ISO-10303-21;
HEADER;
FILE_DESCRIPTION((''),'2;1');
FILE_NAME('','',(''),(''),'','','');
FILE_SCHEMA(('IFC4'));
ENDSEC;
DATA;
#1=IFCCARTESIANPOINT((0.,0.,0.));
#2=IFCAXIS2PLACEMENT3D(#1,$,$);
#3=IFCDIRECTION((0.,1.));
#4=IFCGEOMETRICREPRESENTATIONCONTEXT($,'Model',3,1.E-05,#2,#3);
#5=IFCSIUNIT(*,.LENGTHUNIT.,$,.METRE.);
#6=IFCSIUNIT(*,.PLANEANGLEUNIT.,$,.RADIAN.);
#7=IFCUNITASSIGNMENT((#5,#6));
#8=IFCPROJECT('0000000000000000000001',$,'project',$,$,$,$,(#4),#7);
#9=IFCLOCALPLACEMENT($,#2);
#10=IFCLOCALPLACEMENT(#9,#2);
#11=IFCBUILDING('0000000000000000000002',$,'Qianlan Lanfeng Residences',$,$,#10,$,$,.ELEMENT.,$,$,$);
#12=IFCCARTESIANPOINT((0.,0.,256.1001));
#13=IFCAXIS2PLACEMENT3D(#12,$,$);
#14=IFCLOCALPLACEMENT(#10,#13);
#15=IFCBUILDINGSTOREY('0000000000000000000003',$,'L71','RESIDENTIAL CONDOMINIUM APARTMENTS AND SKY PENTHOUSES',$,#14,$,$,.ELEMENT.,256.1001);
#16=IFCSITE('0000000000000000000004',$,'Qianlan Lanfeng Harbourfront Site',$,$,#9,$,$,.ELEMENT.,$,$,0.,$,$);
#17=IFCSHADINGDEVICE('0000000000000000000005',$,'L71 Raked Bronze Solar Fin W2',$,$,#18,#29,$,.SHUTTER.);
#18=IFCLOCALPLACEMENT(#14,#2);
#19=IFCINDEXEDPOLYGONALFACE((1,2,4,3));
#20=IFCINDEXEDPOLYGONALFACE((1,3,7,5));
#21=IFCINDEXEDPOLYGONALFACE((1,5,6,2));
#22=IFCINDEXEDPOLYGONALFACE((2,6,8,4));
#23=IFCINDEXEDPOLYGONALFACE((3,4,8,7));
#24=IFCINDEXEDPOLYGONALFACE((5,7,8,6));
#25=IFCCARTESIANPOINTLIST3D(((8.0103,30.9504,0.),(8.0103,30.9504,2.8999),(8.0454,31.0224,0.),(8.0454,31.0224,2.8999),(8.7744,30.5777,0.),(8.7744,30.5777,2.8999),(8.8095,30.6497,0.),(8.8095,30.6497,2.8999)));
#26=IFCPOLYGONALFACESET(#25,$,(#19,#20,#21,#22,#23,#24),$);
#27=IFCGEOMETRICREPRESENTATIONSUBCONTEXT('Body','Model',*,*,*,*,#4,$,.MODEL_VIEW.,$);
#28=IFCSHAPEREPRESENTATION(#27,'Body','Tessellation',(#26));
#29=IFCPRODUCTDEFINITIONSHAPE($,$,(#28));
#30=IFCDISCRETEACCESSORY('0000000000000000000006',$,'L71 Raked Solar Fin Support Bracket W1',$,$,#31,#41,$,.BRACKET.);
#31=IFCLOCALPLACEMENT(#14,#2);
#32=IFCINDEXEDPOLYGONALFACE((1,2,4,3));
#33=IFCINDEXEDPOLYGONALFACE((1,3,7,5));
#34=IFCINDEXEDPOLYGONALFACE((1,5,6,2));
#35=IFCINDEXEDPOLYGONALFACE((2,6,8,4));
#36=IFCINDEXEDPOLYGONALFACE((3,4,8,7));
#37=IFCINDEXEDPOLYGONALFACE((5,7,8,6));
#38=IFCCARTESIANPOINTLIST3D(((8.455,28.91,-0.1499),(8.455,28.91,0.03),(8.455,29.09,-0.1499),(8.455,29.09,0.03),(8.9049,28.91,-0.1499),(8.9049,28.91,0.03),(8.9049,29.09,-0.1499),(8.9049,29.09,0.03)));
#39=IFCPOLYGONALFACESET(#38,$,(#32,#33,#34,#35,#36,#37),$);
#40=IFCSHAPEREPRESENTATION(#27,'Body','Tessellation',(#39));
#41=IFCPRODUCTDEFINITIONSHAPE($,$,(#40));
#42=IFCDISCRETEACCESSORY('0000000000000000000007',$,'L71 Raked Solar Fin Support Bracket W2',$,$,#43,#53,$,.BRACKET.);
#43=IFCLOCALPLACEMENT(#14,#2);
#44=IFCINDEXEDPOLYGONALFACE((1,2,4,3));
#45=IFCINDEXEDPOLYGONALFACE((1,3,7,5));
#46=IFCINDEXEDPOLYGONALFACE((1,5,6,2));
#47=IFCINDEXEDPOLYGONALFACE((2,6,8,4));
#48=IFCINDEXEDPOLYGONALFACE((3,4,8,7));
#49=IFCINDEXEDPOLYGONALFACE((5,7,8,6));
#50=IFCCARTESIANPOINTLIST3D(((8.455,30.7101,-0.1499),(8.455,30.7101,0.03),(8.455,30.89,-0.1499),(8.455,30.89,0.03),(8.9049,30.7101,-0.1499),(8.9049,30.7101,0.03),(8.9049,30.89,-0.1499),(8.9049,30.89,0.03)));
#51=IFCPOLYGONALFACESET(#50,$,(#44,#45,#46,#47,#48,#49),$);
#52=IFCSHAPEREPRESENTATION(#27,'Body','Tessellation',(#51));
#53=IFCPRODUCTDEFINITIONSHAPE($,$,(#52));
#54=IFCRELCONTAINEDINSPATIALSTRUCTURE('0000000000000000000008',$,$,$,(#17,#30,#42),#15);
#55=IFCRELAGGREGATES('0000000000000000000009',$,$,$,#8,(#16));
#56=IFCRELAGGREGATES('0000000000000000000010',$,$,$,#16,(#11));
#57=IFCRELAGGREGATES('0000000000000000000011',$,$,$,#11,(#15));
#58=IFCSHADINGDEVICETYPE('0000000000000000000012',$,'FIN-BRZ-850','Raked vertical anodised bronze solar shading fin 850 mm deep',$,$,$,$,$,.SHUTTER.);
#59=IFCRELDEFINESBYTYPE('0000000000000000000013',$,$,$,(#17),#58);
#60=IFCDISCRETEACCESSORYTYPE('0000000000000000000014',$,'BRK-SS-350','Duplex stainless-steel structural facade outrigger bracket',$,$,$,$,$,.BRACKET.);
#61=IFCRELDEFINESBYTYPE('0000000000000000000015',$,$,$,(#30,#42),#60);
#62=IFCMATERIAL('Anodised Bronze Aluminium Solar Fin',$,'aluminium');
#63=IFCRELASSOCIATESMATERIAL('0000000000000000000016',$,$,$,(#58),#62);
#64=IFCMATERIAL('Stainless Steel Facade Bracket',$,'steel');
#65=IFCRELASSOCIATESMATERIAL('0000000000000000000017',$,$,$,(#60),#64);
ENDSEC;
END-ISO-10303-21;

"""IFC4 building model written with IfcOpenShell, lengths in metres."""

from ifc_helpers import new_model, si_unit, direction, frame, origin, origin_2d, place, context, subcontext, project, spatial, rectangle, extrude, source, transform, mapped, material, type_object, element, save


model = new_model("IFC4")

# Units and contexts
model_context = context("Model", 3, precision=1e-05, world=origin(), true_north=direction((0.0, 1.0)))
body_context = subcontext(model_context, "Body", "Model", "MODEL_VIEW")
ifc_project = project(units=[si_unit("LENGTHUNIT", "METRE"), si_unit("PLANEANGLEUNIT", "RADIAN")], contexts=[model_context])

# Site, building, storey
site_placement = place(None, origin())
site = spatial("IfcSite", under=ifc_project, at=site_placement, Name="Qianlan Lanfeng Harbourfront Site", CompositionType="ELEMENT", RefElevation=0.0)
building_placement = place(site_placement, origin())
building = spatial("IfcBuilding", under=site, at=building_placement, Name="Qianlan Lanfeng Residences", CompositionType="ELEMENT")
storey_placement = place(building_placement, frame((0.0, 0.0, 256.1001)))
storey = spatial("IfcBuildingStorey", under=building, at=storey_placement, Name="L71", Description="RESIDENTIAL CONDOMINIUM APARTMENTS AND SKY PENTHOUSES", CompositionType="ELEMENT", Elevation=256.1001)

# Shading device
ifc_material_1 = material(Name="Anodised Bronze Aluminium Solar Fin", Category="aluminium")
shading_device_type = type_object("IfcShadingDeviceType", Name="FIN-BRZ-850", Description="Raked vertical anodised bronze solar shading fin 850 mm deep", PredefinedType="SHUTTER", material=ifc_material_1)
shared_shape_1 = source(origin(), body_context, "Body", "SweptSolid", [
    extrude(rectangle(XDim=0.8501, YDim=0.0801, at=origin_2d()), origin(), (0.0, 0.0, 1.0), 2.8999),
])
for number, where, z_axis, x_axis, name in (
    (1, (8.4099, 30.8, 0.0), (0.0, 0.0, 1.0), (0.898794, -0.438371, 0.0), "L71 Raked Bronze Solar Fin W2"),
):
    element("IfcShadingDevice", number, at=place(storey_placement, frame(where, z_axis=z_axis, x_axis=x_axis)), inside=storey, type_object=shading_device_type, Name=name, PredefinedType="SHUTTER", context=body_context, shape_type="MappedRepresentation", body=[
        mapped(shared_shape_1, transform((0.0, 0.0, 0.0), scale=1.0)),
    ])

# Discrete accessories
ifc_material_2 = material(Name="Stainless Steel Facade Bracket", Category="steel")
discrete_accessory_type = type_object("IfcDiscreteAccessoryType", Name="BRK-SS-350", Description="Duplex stainless-steel structural facade outrigger bracket", PredefinedType="BRACKET", material=ifc_material_2)
shared_shape_2 = source(origin(), body_context, "Body", "SweptSolid", [
    extrude(rectangle(XDim=0.45, YDim=0.1799, at=origin_2d()), origin(), (0.0, 0.0, 1.0), 0.1799),
])
for number, where, z_axis, x_axis, name in (
    (2, (8.6799, 29.0, -0.1499), (0.0, 0.0, 1.0), (1.0, 0.0, 0.0), "L71 Raked Solar Fin Support Bracket W1"),
    (3, (8.6799, 30.8, -0.1499), (0.0, 0.0, 1.0), (1.0, 0.0, 0.0), "L71 Raked Solar Fin Support Bracket W2"),
):
    element("IfcDiscreteAccessory", number, at=place(storey_placement, frame(where, z_axis=z_axis, x_axis=x_axis)), inside=storey, type_object=discrete_accessory_type, Name=name, PredefinedType="BRACKET", context=body_context, shape_type="MappedRepresentation", body=[
        mapped(shared_shape_2, transform((0.0, 0.0, 0.0), scale=1.0)),
    ])

save(model, "model.ifc")
